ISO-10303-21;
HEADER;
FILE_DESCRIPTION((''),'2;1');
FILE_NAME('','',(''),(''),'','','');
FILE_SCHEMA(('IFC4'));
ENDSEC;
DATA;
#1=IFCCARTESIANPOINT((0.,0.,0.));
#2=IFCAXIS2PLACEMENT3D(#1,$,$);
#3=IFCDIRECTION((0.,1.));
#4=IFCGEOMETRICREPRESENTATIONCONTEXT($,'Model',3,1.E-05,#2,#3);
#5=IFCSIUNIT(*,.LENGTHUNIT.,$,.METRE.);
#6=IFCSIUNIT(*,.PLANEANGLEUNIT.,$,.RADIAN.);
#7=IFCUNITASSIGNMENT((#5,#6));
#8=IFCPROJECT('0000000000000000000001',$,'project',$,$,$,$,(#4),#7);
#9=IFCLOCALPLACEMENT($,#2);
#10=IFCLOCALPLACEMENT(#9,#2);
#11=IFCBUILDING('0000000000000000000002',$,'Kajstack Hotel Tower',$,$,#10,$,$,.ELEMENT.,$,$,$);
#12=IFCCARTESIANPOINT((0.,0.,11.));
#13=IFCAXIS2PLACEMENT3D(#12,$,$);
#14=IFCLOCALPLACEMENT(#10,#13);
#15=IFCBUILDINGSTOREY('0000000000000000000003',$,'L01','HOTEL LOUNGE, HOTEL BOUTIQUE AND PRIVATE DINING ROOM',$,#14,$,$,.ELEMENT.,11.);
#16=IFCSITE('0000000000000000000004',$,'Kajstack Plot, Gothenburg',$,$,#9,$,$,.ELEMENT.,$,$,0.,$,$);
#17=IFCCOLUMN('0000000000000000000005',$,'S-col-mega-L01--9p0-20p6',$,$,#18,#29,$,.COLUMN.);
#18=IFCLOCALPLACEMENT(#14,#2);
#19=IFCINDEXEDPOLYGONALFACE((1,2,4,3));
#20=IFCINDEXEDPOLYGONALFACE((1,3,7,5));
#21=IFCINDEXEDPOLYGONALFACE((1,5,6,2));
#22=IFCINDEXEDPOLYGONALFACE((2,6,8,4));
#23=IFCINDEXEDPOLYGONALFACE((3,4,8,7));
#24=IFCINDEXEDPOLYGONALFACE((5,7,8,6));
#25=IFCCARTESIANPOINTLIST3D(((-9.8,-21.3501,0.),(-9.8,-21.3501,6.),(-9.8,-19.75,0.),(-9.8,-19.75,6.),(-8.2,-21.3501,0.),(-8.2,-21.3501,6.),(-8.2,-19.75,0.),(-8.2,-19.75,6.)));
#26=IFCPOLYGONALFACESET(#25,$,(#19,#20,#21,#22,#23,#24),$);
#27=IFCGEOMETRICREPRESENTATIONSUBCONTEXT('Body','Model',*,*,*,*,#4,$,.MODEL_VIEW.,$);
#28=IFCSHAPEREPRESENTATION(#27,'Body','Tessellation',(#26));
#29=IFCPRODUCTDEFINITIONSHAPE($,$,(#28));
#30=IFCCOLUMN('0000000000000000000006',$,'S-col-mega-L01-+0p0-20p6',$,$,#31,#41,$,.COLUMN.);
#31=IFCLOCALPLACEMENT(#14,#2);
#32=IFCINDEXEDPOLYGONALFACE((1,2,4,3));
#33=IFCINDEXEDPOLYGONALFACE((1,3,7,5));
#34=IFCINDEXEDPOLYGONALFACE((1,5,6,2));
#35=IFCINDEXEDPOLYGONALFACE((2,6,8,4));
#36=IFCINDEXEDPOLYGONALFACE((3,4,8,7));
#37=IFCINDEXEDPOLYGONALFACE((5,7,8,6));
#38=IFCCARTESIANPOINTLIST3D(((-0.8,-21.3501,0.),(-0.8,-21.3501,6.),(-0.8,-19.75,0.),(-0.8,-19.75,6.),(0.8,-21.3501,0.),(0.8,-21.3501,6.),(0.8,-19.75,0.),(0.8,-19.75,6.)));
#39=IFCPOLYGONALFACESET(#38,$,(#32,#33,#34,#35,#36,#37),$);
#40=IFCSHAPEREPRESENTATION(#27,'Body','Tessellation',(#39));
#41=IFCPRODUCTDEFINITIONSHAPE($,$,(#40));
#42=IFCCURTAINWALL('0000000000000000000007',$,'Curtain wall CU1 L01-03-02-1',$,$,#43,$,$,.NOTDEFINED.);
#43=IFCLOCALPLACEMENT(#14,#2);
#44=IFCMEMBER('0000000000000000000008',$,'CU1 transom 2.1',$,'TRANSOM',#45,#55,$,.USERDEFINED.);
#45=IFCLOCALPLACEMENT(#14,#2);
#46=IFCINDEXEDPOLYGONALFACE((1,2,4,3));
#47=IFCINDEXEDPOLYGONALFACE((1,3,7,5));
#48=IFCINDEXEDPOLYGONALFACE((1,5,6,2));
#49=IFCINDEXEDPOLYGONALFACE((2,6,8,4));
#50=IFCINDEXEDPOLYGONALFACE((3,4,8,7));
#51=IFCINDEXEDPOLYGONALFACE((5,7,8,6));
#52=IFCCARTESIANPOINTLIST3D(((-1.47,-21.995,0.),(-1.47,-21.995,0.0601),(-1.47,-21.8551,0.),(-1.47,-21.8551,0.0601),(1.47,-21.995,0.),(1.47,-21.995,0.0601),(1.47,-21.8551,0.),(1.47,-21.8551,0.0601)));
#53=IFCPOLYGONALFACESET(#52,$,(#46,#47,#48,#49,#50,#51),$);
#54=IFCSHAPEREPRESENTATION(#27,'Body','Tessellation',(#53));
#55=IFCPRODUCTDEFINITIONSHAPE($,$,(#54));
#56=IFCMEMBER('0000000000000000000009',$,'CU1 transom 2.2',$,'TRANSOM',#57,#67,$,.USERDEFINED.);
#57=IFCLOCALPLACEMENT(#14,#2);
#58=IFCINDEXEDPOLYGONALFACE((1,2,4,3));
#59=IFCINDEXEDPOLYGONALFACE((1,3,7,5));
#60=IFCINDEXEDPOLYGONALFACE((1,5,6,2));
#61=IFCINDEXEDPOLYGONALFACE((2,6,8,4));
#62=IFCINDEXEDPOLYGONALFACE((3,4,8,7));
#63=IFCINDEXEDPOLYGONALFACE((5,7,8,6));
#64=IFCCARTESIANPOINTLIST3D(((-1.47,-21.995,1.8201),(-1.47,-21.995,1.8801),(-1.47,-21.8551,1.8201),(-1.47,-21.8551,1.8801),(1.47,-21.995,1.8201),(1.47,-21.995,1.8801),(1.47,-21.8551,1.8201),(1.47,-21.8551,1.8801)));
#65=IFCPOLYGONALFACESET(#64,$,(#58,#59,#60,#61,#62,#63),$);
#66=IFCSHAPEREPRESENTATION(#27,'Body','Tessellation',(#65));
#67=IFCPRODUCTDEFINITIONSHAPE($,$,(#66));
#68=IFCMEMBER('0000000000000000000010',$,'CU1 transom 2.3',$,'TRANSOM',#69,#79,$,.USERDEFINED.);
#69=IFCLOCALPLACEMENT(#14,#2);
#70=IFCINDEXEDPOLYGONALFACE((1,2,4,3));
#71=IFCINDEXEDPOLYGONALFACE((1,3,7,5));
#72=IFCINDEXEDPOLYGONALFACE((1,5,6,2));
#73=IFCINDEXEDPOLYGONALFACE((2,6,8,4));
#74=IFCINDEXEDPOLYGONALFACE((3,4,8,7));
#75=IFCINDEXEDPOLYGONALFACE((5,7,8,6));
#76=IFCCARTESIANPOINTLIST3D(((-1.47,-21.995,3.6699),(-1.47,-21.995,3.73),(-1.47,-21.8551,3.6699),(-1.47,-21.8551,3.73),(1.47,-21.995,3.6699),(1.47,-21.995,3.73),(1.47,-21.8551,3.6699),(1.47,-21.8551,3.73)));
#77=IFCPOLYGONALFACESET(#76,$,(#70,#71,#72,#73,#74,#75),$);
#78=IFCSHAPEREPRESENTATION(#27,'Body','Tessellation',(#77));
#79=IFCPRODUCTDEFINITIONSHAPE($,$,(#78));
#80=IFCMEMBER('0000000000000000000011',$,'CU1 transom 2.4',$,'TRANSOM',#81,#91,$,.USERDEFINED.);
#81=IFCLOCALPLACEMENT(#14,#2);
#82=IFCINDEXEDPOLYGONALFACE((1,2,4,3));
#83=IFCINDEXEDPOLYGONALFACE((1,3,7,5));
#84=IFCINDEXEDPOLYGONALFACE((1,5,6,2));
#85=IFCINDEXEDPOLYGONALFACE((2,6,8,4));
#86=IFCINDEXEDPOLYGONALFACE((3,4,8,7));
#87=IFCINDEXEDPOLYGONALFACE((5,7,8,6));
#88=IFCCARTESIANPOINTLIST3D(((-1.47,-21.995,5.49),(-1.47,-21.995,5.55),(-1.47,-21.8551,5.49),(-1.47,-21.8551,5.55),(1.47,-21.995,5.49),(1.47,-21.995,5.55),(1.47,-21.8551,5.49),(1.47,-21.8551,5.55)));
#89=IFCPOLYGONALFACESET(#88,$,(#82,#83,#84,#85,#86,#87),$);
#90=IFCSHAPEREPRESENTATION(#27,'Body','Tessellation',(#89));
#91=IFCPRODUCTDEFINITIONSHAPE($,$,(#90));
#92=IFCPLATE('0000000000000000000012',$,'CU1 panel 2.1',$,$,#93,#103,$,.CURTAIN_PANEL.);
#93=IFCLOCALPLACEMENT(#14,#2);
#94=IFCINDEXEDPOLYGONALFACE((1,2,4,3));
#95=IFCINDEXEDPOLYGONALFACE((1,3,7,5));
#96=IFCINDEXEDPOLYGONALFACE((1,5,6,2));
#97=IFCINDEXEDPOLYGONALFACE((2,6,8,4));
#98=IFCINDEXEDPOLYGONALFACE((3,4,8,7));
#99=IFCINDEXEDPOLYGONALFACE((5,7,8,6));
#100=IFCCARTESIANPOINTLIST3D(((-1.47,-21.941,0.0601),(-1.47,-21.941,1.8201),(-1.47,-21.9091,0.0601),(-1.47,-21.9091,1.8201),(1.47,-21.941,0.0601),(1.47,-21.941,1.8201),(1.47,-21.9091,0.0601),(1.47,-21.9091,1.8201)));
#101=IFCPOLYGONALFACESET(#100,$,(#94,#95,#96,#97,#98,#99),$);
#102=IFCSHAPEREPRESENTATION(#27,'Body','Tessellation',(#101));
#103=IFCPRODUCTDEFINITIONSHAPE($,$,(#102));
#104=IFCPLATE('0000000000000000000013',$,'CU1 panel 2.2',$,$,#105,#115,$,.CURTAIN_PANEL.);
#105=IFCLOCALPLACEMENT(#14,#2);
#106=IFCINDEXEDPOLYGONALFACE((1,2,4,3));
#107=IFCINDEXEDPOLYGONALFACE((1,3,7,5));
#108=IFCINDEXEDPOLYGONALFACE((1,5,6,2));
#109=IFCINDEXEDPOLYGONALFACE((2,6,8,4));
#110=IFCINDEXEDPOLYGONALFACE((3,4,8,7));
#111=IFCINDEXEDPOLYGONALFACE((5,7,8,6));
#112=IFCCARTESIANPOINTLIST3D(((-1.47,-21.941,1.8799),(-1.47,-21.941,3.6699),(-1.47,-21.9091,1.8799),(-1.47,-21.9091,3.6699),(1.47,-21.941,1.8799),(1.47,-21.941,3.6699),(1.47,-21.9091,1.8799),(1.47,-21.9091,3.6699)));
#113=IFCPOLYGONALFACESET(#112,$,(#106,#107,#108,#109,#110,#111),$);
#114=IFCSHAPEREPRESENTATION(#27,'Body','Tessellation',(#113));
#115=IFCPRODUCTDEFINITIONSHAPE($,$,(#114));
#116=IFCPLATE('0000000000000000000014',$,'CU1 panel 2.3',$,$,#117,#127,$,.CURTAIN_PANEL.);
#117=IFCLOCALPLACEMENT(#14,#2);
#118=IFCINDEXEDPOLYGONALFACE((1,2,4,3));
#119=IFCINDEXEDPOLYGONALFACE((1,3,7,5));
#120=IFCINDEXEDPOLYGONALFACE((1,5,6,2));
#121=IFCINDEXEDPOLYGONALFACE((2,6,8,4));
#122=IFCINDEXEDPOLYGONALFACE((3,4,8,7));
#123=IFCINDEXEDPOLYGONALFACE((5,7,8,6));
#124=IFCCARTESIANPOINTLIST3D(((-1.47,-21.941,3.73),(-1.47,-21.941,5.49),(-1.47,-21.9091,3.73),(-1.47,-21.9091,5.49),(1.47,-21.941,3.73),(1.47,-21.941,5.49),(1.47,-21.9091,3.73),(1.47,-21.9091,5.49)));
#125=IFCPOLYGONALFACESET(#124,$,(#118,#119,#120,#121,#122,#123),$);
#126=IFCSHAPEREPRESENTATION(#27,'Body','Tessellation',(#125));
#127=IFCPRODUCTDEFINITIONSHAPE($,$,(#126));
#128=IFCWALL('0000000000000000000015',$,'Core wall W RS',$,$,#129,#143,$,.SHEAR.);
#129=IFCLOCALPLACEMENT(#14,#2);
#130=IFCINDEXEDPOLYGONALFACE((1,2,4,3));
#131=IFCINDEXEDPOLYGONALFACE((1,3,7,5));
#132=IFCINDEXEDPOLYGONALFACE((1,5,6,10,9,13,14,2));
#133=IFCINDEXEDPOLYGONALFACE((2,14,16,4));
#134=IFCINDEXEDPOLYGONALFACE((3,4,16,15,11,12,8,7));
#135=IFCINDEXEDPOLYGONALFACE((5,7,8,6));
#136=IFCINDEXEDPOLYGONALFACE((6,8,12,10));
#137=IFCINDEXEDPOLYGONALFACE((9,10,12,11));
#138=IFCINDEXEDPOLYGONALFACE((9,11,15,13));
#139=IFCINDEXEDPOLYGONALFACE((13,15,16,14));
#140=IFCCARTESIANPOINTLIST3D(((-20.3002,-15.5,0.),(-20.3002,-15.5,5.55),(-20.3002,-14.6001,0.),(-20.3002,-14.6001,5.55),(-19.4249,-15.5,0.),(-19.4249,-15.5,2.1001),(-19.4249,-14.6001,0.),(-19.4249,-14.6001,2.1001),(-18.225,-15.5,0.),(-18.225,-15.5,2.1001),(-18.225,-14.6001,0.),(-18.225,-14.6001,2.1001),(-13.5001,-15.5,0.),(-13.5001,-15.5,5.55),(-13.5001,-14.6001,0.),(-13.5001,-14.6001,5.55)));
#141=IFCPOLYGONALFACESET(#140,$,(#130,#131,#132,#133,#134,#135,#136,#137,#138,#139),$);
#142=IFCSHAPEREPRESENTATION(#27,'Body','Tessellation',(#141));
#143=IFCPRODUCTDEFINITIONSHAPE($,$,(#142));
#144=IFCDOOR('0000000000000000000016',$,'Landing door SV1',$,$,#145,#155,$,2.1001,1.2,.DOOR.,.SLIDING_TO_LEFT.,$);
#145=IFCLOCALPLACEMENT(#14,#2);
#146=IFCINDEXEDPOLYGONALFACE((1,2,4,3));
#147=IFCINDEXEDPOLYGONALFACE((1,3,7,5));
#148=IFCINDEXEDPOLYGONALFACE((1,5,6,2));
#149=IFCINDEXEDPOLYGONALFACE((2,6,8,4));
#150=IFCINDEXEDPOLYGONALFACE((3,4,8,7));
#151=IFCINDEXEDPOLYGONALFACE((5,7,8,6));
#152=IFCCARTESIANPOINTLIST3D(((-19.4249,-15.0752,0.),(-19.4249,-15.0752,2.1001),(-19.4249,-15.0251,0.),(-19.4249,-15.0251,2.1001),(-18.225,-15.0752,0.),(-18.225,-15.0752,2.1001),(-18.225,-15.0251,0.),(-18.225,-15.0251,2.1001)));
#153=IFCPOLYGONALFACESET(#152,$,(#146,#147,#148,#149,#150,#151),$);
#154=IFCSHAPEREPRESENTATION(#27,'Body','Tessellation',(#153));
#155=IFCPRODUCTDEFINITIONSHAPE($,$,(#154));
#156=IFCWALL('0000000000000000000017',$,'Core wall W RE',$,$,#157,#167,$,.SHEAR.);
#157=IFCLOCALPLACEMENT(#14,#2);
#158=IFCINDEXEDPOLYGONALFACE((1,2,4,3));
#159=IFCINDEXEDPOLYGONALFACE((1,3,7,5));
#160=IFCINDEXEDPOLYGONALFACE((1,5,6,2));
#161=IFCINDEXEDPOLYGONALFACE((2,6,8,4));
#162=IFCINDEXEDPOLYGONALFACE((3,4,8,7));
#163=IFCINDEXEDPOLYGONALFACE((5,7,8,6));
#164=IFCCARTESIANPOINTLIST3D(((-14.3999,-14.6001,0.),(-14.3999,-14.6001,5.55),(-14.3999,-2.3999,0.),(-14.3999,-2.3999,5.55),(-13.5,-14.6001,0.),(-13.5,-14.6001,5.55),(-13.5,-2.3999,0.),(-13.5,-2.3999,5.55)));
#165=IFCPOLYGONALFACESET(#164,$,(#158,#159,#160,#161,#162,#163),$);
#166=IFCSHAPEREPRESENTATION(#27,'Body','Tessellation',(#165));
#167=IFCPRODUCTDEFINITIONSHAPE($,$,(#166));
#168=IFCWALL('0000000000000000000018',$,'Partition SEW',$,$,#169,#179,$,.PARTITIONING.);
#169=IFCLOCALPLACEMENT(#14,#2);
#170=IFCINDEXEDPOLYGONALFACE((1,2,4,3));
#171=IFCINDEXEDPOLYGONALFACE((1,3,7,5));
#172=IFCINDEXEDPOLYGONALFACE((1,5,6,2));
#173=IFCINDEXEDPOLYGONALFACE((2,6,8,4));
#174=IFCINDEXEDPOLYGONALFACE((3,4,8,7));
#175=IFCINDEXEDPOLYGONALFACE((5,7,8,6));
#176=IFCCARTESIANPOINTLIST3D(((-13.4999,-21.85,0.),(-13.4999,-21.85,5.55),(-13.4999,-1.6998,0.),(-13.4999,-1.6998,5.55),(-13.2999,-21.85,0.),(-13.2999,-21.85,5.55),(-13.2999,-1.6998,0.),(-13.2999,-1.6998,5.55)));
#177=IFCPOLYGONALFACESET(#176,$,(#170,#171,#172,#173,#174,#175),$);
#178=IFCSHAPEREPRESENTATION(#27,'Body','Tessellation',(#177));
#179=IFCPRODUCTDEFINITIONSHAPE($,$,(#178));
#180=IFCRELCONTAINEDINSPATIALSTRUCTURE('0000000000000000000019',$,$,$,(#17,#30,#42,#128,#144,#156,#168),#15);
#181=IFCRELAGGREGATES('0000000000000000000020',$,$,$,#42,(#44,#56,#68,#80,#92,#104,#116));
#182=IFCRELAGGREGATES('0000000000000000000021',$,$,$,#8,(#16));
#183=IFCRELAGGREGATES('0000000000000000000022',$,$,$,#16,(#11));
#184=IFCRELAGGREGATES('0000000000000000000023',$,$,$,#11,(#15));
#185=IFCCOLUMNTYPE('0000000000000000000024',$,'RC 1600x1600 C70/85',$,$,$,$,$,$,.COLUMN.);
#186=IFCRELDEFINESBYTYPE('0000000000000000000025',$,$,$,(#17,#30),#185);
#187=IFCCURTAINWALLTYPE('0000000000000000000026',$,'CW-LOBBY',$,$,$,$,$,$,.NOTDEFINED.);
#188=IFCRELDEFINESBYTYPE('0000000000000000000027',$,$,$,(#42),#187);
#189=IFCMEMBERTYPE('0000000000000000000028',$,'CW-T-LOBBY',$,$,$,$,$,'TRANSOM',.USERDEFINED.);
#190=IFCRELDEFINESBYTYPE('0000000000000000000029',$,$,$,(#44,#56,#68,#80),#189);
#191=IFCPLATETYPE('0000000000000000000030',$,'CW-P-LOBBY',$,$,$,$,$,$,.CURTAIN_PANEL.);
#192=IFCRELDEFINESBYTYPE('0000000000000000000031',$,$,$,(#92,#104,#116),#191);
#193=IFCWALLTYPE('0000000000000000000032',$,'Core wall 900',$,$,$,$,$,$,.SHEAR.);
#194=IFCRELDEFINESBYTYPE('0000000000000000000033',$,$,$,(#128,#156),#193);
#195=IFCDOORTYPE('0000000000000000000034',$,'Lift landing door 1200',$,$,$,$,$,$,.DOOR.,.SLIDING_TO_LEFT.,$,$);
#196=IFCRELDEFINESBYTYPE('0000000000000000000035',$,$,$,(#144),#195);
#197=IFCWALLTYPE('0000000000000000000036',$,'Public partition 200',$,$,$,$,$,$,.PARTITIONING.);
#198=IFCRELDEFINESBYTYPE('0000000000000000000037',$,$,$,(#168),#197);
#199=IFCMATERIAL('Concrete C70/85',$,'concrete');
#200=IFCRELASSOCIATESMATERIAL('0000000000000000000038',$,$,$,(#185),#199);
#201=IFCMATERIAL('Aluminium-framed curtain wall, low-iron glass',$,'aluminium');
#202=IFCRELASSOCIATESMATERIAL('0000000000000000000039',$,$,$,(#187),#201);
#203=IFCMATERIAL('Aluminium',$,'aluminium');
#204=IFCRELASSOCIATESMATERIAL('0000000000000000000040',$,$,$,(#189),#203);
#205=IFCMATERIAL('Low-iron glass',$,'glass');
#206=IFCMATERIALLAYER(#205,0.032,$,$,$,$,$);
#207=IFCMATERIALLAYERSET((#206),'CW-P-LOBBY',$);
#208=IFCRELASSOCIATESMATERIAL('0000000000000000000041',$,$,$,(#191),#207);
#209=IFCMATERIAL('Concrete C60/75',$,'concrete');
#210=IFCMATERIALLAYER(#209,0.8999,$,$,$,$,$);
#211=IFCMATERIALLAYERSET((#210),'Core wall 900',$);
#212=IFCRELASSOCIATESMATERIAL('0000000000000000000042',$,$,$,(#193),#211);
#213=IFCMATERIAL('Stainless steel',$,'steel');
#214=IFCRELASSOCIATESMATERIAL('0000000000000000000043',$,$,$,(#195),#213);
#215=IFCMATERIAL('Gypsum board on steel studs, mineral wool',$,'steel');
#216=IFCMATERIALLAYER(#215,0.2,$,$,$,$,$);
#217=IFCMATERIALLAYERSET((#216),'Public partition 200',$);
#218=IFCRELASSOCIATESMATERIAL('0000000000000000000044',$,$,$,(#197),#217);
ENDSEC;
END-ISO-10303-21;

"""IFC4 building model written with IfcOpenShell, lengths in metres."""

from ifc_helpers import new_model, si_unit, direction, frame, frame_2d, origin, origin_2d, place, context, subcontext, project, spatial, rectangle, extrude, material, layer, layer_set, material_profile, profile_set, type_object, element, fill, aggregate, save


model = new_model("IFC4")

# Units and contexts
model_context = context("Model", 3, precision=1e-05, world=origin(), true_north=direction((0.0, 1.0)))
body_context = subcontext(model_context, "Body", "Model", "MODEL_VIEW")
ifc_project = project(units=[si_unit("LENGTHUNIT", "METRE"), si_unit("PLANEANGLEUNIT", "RADIAN")], contexts=[model_context])

# Site, building, storey
site_placement = place(None, origin())
site = spatial("IfcSite", under=ifc_project, at=site_placement, Name="Kajstack Plot, Gothenburg", CompositionType="ELEMENT", RefElevation=0.0)
building_placement = place(site_placement, origin())
building = spatial("IfcBuilding", under=site, at=building_placement, Name="Kajstack Hotel Tower", CompositionType="ELEMENT")
storey_placement = place(building_placement, frame((0.0, 0.0, 11.0)))
storey = spatial("IfcBuildingStorey", under=building, at=storey_placement, Name="L01", Description="HOTEL LOUNGE, HOTEL BOUTIQUE AND PRIVATE DINING ROOM", CompositionType="ELEMENT", Elevation=11.0)

# Columns
ifc_material_1 = material(Name="Concrete C70/85", Category="concrete")
ifc_material_profile_1 = material_profile(ifc_material_1, rectangle(XDim=1.6001, YDim=1.6001, at=origin_2d()), Name="RC 1600x1600")
ifc_profile_set_1 = profile_set([ifc_material_profile_1], Name="Concrete C70/85")
column_type = type_object("IfcColumnType", Name="RC 1600x1600 C70/85", PredefinedType="COLUMN", material=ifc_profile_set_1)
for number, where, z_axis, x_axis, name in (
    (1, (-9.0, -20.55, 0.0), (0.0, 0.0, 1.0), (1.0, 0.0, 0.0), "S-col-mega-L01--9p0-20p6"),
    (2, (0.0, -20.55, 0.0), (0.0, 0.0, 1.0), (1.0, 0.0, 0.0), "S-col-mega-L01-+0p0-20p6"),
):
    element("IfcColumn", number, at=place(storey_placement, frame(where, z_axis=z_axis, x_axis=x_axis)), inside=storey, type_object=column_type, Name=name, PredefinedType="COLUMN", context=body_context, shape_type="SweptSolid", body=[
        extrude(rectangle(XDim=1.6001, YDim=1.6001, at=origin_2d()), origin(), (0.0, 0.0, 1.0), 6.0),
    ])

# Curtain wall, members, plates
ifc_material_2 = material(Name="Aluminium-framed curtain wall, low-iron glass", Category="aluminium")
curtain_wall_type = type_object("IfcCurtainWallType", Name="CW-LOBBY", PredefinedType="NOTDEFINED", material=ifc_material_2)
curtain_wall_placement = place(storey_placement, origin())
curtain_wall = element("IfcCurtainWall", 3, at=curtain_wall_placement, inside=storey, type_object=curtain_wall_type, Name="Curtain wall CU1 L01-03-02-1", PredefinedType="NOTDEFINED")
ifc_material_3 = material(Name="Aluminium", Category="aluminium")
ifc_material_profile_2 = material_profile(ifc_material_3, rectangle(XDim=0.1399, YDim=0.0601, at=origin_2d()), Name="Aluminium transom 140 x 60")
ifc_profile_set_2 = profile_set([ifc_material_profile_2], Name="Aluminium")
member_type = type_object("IfcMemberType", Name="CW-T-LOBBY", ElementType="TRANSOM", PredefinedType="USERDEFINED", material=ifc_profile_set_2)
member_1_placement = place(storey_placement, frame((-1.47, -21.925, 0.03), z_axis=(1.0, 0.0, 0.0), x_axis=(0.0, 1.0, 0.0)))
member_1 = element("IfcMember", 4, at=member_1_placement, type_object=member_type, Name="CU1 transom 2.1", ObjectType="TRANSOM", PredefinedType="USERDEFINED", context=body_context, shape_type="SweptSolid", body=[
    extrude(rectangle(XDim=0.1399, YDim=0.0601, at=origin_2d()), origin(), (0.0, 0.0, 1.0), 2.9399),
])
member_2_placement = place(storey_placement, frame((-1.47, -21.925, 1.8501), z_axis=(1.0, 0.0, 0.0), x_axis=(0.0, 1.0, 0.0)))
member_2 = element("IfcMember", 5, at=member_2_placement, type_object=member_type, Name="CU1 transom 2.2", ObjectType="TRANSOM", PredefinedType="USERDEFINED", context=body_context, shape_type="SweptSolid", body=[
    extrude(rectangle(XDim=0.1399, YDim=0.0601, at=origin_2d()), origin(), (0.0, 0.0, 1.0), 2.9399),
])
member_3_placement = place(storey_placement, frame((-1.47, -21.925, 3.7), z_axis=(1.0, 0.0, 0.0), x_axis=(0.0, 1.0, 0.0)))
member_3 = element("IfcMember", 6, at=member_3_placement, type_object=member_type, Name="CU1 transom 2.3", ObjectType="TRANSOM", PredefinedType="USERDEFINED", context=body_context, shape_type="SweptSolid", body=[
    extrude(rectangle(XDim=0.1399, YDim=0.0601, at=origin_2d()), origin(), (0.0, 0.0, 1.0), 2.9399),
])
member_4_placement = place(storey_placement, frame((-1.47, -21.925, 5.52), z_axis=(1.0, 0.0, 0.0), x_axis=(0.0, 1.0, 0.0)))
member_4 = element("IfcMember", 7, at=member_4_placement, type_object=member_type, Name="CU1 transom 2.4", ObjectType="TRANSOM", PredefinedType="USERDEFINED", context=body_context, shape_type="SweptSolid", body=[
    extrude(rectangle(XDim=0.1399, YDim=0.0601, at=origin_2d()), origin(), (0.0, 0.0, 1.0), 2.9399),
])
ifc_material_4 = material(Name="Low-iron glass", Category="glass")
ifc_layer_1 = layer(ifc_material_4, 0.032)
ifc_layer_set_1 = layer_set([ifc_layer_1], Name="CW-P-LOBBY")
plate_type = type_object("IfcPlateType", Name="CW-P-LOBBY", PredefinedType="CURTAIN_PANEL", material=ifc_layer_set_1)
plate_1_placement = place(storey_placement, frame((0.0, -21.925, 0.0601), z_axis=(0.0, 0.0, 1.0), x_axis=(1.0, 0.0, 0.0)))
plate_1 = element("IfcPlate", 8, at=plate_1_placement, type_object=plate_type, Name="CU1 panel 2.1", PredefinedType="CURTAIN_PANEL", context=body_context, shape_type="SweptSolid", body=[
    extrude(rectangle(XDim=2.9399, YDim=0.032, at=origin_2d()), origin(), (0.0, 0.0, 1.0), 1.76),
])
plate_2_placement = place(storey_placement, frame((0.0, -21.925, 1.8799), z_axis=(0.0, 0.0, 1.0), x_axis=(1.0, 0.0, 0.0)))
plate_2 = element("IfcPlate", 9, at=plate_2_placement, type_object=plate_type, Name="CU1 panel 2.2", PredefinedType="CURTAIN_PANEL", context=body_context, shape_type="SweptSolid", body=[
    extrude(rectangle(XDim=2.9399, YDim=0.032, at=origin_2d()), origin(), (0.0, 0.0, 1.0), 1.79),
])
plate_3_placement = place(storey_placement, frame((0.0, -21.925, 3.73), z_axis=(0.0, 0.0, 1.0), x_axis=(1.0, 0.0, 0.0)))
plate_3 = element("IfcPlate", 10, at=plate_3_placement, type_object=plate_type, Name="CU1 panel 2.3", PredefinedType="CURTAIN_PANEL", context=body_context, shape_type="SweptSolid", body=[
    extrude(rectangle(XDim=2.9399, YDim=0.032, at=origin_2d()), origin(), (0.0, 0.0, 1.0), 1.76),
])
aggregate(curtain_wall, [member_1, member_2, member_3, member_4, plate_1, plate_2, plate_3])

# Wall, opening, door
ifc_material_5 = material(Name="Concrete C60/75", Category="concrete")
ifc_layer_2 = layer(ifc_material_5, 0.8999)
ifc_layer_set_2 = layer_set([ifc_layer_2], Name="Core wall 900")
wall_type_1 = type_object("IfcWallType", Name="Core wall 900", PredefinedType="SHEAR", material=ifc_layer_set_2)
wall_1_placement = place(storey_placement, frame((-20.3, -15.05, 0.0), z_axis=(0.0, 0.0, 1.0), x_axis=(1.0, 0.0, 0.0)))
wall_1 = element("IfcWall", 11, at=wall_1_placement, inside=storey, type_object=wall_type_1, Name="Core wall W RS", PredefinedType="SHEAR", context=body_context, shape_type="SweptSolid", body=[
    extrude(rectangle(XDim=6.8, YDim=0.8999, at=frame_2d((3.3999, 0.0))), origin(), (0.0, 0.0, 1.0), 5.55),
])
opening_placement = place(wall_1_placement, frame((0.875, 0.0, 0.0)))
opening = element("IfcOpeningElement", 12, at=opening_placement, cuts=wall_1, PredefinedType="OPENING", context=body_context, shape_type="SweptSolid", body=[
    extrude(rectangle(XDim=1.2, YDim=2.1001, at=frame_2d((0.6001, 1.05))), frame((0.0, 0.46, 0.0), z_axis=(0.0, -1.0, 0.0), x_axis=(1.0, 0.0, 0.0)), (0.0, 0.0, 1.0), 0.9199),
])
ifc_material_6 = material(Name="Stainless steel", Category="steel")
door_type = type_object("IfcDoorType", Name="Lift landing door 1200", OperationType="SLIDING_TO_LEFT", PredefinedType="DOOR", material=ifc_material_6)
door_placement = place(opening_placement, origin())
door = element("IfcDoor", 13, at=door_placement, inside=storey, type_object=door_type, Name="Landing door SV1", OperationType="SLIDING_TO_LEFT", OverallHeight=2.1001, OverallWidth=1.2, PredefinedType="DOOR", context=body_context, shape_type="SweptSolid", body=[
    extrude(rectangle(XDim=1.2, YDim=2.1001, at=frame_2d((0.6001, 1.05))), frame((0.0, 0.0249, 0.0), z_axis=(0.0, -1.0, 0.0), x_axis=(1.0, 0.0, 0.0)), (0.0, 0.0, 1.0), 0.05),
])
fill(opening, door)

# Walls
wall_2_placement = place(storey_placement, frame((-13.95, -14.6001, 0.0), z_axis=(0.0, 0.0, 1.0), x_axis=(0.0, 1.0, 0.0)))
element("IfcWall", 14, at=wall_2_placement, inside=storey, type_object=wall_type_1, Name="Core wall W RE", PredefinedType="SHEAR", context=body_context, shape_type="SweptSolid", body=[
    extrude(rectangle(XDim=12.2002, YDim=0.8999, at=frame_2d((6.1001, 0.0))), origin(), (0.0, 0.0, 1.0), 5.55),
])
ifc_material_7 = material(Name="Gypsum board on steel studs, mineral wool", Category="steel")
ifc_layer_3 = layer(ifc_material_7, 0.2)
ifc_layer_set_3 = layer_set([ifc_layer_3], Name="Public partition 200")
wall_type_2 = type_object("IfcWallType", Name="Public partition 200", PredefinedType="PARTITIONING", material=ifc_layer_set_3)
wall_3_placement = place(storey_placement, frame((-13.3999, -21.8501, 0.0), z_axis=(0.0, 0.0, 1.0), x_axis=(0.0, 1.0, 0.0)))
element("IfcWall", 15, at=wall_3_placement, inside=storey, type_object=wall_type_2, Name="Partition SEW", PredefinedType="PARTITIONING", context=body_context, shape_type="SweptSolid", body=[
    extrude(rectangle(XDim=20.1501, YDim=0.2, at=frame_2d((10.0752, 0.0))), origin(), (0.0, 0.0, 1.0), 5.55),
])

save(model, "model.ifc")
